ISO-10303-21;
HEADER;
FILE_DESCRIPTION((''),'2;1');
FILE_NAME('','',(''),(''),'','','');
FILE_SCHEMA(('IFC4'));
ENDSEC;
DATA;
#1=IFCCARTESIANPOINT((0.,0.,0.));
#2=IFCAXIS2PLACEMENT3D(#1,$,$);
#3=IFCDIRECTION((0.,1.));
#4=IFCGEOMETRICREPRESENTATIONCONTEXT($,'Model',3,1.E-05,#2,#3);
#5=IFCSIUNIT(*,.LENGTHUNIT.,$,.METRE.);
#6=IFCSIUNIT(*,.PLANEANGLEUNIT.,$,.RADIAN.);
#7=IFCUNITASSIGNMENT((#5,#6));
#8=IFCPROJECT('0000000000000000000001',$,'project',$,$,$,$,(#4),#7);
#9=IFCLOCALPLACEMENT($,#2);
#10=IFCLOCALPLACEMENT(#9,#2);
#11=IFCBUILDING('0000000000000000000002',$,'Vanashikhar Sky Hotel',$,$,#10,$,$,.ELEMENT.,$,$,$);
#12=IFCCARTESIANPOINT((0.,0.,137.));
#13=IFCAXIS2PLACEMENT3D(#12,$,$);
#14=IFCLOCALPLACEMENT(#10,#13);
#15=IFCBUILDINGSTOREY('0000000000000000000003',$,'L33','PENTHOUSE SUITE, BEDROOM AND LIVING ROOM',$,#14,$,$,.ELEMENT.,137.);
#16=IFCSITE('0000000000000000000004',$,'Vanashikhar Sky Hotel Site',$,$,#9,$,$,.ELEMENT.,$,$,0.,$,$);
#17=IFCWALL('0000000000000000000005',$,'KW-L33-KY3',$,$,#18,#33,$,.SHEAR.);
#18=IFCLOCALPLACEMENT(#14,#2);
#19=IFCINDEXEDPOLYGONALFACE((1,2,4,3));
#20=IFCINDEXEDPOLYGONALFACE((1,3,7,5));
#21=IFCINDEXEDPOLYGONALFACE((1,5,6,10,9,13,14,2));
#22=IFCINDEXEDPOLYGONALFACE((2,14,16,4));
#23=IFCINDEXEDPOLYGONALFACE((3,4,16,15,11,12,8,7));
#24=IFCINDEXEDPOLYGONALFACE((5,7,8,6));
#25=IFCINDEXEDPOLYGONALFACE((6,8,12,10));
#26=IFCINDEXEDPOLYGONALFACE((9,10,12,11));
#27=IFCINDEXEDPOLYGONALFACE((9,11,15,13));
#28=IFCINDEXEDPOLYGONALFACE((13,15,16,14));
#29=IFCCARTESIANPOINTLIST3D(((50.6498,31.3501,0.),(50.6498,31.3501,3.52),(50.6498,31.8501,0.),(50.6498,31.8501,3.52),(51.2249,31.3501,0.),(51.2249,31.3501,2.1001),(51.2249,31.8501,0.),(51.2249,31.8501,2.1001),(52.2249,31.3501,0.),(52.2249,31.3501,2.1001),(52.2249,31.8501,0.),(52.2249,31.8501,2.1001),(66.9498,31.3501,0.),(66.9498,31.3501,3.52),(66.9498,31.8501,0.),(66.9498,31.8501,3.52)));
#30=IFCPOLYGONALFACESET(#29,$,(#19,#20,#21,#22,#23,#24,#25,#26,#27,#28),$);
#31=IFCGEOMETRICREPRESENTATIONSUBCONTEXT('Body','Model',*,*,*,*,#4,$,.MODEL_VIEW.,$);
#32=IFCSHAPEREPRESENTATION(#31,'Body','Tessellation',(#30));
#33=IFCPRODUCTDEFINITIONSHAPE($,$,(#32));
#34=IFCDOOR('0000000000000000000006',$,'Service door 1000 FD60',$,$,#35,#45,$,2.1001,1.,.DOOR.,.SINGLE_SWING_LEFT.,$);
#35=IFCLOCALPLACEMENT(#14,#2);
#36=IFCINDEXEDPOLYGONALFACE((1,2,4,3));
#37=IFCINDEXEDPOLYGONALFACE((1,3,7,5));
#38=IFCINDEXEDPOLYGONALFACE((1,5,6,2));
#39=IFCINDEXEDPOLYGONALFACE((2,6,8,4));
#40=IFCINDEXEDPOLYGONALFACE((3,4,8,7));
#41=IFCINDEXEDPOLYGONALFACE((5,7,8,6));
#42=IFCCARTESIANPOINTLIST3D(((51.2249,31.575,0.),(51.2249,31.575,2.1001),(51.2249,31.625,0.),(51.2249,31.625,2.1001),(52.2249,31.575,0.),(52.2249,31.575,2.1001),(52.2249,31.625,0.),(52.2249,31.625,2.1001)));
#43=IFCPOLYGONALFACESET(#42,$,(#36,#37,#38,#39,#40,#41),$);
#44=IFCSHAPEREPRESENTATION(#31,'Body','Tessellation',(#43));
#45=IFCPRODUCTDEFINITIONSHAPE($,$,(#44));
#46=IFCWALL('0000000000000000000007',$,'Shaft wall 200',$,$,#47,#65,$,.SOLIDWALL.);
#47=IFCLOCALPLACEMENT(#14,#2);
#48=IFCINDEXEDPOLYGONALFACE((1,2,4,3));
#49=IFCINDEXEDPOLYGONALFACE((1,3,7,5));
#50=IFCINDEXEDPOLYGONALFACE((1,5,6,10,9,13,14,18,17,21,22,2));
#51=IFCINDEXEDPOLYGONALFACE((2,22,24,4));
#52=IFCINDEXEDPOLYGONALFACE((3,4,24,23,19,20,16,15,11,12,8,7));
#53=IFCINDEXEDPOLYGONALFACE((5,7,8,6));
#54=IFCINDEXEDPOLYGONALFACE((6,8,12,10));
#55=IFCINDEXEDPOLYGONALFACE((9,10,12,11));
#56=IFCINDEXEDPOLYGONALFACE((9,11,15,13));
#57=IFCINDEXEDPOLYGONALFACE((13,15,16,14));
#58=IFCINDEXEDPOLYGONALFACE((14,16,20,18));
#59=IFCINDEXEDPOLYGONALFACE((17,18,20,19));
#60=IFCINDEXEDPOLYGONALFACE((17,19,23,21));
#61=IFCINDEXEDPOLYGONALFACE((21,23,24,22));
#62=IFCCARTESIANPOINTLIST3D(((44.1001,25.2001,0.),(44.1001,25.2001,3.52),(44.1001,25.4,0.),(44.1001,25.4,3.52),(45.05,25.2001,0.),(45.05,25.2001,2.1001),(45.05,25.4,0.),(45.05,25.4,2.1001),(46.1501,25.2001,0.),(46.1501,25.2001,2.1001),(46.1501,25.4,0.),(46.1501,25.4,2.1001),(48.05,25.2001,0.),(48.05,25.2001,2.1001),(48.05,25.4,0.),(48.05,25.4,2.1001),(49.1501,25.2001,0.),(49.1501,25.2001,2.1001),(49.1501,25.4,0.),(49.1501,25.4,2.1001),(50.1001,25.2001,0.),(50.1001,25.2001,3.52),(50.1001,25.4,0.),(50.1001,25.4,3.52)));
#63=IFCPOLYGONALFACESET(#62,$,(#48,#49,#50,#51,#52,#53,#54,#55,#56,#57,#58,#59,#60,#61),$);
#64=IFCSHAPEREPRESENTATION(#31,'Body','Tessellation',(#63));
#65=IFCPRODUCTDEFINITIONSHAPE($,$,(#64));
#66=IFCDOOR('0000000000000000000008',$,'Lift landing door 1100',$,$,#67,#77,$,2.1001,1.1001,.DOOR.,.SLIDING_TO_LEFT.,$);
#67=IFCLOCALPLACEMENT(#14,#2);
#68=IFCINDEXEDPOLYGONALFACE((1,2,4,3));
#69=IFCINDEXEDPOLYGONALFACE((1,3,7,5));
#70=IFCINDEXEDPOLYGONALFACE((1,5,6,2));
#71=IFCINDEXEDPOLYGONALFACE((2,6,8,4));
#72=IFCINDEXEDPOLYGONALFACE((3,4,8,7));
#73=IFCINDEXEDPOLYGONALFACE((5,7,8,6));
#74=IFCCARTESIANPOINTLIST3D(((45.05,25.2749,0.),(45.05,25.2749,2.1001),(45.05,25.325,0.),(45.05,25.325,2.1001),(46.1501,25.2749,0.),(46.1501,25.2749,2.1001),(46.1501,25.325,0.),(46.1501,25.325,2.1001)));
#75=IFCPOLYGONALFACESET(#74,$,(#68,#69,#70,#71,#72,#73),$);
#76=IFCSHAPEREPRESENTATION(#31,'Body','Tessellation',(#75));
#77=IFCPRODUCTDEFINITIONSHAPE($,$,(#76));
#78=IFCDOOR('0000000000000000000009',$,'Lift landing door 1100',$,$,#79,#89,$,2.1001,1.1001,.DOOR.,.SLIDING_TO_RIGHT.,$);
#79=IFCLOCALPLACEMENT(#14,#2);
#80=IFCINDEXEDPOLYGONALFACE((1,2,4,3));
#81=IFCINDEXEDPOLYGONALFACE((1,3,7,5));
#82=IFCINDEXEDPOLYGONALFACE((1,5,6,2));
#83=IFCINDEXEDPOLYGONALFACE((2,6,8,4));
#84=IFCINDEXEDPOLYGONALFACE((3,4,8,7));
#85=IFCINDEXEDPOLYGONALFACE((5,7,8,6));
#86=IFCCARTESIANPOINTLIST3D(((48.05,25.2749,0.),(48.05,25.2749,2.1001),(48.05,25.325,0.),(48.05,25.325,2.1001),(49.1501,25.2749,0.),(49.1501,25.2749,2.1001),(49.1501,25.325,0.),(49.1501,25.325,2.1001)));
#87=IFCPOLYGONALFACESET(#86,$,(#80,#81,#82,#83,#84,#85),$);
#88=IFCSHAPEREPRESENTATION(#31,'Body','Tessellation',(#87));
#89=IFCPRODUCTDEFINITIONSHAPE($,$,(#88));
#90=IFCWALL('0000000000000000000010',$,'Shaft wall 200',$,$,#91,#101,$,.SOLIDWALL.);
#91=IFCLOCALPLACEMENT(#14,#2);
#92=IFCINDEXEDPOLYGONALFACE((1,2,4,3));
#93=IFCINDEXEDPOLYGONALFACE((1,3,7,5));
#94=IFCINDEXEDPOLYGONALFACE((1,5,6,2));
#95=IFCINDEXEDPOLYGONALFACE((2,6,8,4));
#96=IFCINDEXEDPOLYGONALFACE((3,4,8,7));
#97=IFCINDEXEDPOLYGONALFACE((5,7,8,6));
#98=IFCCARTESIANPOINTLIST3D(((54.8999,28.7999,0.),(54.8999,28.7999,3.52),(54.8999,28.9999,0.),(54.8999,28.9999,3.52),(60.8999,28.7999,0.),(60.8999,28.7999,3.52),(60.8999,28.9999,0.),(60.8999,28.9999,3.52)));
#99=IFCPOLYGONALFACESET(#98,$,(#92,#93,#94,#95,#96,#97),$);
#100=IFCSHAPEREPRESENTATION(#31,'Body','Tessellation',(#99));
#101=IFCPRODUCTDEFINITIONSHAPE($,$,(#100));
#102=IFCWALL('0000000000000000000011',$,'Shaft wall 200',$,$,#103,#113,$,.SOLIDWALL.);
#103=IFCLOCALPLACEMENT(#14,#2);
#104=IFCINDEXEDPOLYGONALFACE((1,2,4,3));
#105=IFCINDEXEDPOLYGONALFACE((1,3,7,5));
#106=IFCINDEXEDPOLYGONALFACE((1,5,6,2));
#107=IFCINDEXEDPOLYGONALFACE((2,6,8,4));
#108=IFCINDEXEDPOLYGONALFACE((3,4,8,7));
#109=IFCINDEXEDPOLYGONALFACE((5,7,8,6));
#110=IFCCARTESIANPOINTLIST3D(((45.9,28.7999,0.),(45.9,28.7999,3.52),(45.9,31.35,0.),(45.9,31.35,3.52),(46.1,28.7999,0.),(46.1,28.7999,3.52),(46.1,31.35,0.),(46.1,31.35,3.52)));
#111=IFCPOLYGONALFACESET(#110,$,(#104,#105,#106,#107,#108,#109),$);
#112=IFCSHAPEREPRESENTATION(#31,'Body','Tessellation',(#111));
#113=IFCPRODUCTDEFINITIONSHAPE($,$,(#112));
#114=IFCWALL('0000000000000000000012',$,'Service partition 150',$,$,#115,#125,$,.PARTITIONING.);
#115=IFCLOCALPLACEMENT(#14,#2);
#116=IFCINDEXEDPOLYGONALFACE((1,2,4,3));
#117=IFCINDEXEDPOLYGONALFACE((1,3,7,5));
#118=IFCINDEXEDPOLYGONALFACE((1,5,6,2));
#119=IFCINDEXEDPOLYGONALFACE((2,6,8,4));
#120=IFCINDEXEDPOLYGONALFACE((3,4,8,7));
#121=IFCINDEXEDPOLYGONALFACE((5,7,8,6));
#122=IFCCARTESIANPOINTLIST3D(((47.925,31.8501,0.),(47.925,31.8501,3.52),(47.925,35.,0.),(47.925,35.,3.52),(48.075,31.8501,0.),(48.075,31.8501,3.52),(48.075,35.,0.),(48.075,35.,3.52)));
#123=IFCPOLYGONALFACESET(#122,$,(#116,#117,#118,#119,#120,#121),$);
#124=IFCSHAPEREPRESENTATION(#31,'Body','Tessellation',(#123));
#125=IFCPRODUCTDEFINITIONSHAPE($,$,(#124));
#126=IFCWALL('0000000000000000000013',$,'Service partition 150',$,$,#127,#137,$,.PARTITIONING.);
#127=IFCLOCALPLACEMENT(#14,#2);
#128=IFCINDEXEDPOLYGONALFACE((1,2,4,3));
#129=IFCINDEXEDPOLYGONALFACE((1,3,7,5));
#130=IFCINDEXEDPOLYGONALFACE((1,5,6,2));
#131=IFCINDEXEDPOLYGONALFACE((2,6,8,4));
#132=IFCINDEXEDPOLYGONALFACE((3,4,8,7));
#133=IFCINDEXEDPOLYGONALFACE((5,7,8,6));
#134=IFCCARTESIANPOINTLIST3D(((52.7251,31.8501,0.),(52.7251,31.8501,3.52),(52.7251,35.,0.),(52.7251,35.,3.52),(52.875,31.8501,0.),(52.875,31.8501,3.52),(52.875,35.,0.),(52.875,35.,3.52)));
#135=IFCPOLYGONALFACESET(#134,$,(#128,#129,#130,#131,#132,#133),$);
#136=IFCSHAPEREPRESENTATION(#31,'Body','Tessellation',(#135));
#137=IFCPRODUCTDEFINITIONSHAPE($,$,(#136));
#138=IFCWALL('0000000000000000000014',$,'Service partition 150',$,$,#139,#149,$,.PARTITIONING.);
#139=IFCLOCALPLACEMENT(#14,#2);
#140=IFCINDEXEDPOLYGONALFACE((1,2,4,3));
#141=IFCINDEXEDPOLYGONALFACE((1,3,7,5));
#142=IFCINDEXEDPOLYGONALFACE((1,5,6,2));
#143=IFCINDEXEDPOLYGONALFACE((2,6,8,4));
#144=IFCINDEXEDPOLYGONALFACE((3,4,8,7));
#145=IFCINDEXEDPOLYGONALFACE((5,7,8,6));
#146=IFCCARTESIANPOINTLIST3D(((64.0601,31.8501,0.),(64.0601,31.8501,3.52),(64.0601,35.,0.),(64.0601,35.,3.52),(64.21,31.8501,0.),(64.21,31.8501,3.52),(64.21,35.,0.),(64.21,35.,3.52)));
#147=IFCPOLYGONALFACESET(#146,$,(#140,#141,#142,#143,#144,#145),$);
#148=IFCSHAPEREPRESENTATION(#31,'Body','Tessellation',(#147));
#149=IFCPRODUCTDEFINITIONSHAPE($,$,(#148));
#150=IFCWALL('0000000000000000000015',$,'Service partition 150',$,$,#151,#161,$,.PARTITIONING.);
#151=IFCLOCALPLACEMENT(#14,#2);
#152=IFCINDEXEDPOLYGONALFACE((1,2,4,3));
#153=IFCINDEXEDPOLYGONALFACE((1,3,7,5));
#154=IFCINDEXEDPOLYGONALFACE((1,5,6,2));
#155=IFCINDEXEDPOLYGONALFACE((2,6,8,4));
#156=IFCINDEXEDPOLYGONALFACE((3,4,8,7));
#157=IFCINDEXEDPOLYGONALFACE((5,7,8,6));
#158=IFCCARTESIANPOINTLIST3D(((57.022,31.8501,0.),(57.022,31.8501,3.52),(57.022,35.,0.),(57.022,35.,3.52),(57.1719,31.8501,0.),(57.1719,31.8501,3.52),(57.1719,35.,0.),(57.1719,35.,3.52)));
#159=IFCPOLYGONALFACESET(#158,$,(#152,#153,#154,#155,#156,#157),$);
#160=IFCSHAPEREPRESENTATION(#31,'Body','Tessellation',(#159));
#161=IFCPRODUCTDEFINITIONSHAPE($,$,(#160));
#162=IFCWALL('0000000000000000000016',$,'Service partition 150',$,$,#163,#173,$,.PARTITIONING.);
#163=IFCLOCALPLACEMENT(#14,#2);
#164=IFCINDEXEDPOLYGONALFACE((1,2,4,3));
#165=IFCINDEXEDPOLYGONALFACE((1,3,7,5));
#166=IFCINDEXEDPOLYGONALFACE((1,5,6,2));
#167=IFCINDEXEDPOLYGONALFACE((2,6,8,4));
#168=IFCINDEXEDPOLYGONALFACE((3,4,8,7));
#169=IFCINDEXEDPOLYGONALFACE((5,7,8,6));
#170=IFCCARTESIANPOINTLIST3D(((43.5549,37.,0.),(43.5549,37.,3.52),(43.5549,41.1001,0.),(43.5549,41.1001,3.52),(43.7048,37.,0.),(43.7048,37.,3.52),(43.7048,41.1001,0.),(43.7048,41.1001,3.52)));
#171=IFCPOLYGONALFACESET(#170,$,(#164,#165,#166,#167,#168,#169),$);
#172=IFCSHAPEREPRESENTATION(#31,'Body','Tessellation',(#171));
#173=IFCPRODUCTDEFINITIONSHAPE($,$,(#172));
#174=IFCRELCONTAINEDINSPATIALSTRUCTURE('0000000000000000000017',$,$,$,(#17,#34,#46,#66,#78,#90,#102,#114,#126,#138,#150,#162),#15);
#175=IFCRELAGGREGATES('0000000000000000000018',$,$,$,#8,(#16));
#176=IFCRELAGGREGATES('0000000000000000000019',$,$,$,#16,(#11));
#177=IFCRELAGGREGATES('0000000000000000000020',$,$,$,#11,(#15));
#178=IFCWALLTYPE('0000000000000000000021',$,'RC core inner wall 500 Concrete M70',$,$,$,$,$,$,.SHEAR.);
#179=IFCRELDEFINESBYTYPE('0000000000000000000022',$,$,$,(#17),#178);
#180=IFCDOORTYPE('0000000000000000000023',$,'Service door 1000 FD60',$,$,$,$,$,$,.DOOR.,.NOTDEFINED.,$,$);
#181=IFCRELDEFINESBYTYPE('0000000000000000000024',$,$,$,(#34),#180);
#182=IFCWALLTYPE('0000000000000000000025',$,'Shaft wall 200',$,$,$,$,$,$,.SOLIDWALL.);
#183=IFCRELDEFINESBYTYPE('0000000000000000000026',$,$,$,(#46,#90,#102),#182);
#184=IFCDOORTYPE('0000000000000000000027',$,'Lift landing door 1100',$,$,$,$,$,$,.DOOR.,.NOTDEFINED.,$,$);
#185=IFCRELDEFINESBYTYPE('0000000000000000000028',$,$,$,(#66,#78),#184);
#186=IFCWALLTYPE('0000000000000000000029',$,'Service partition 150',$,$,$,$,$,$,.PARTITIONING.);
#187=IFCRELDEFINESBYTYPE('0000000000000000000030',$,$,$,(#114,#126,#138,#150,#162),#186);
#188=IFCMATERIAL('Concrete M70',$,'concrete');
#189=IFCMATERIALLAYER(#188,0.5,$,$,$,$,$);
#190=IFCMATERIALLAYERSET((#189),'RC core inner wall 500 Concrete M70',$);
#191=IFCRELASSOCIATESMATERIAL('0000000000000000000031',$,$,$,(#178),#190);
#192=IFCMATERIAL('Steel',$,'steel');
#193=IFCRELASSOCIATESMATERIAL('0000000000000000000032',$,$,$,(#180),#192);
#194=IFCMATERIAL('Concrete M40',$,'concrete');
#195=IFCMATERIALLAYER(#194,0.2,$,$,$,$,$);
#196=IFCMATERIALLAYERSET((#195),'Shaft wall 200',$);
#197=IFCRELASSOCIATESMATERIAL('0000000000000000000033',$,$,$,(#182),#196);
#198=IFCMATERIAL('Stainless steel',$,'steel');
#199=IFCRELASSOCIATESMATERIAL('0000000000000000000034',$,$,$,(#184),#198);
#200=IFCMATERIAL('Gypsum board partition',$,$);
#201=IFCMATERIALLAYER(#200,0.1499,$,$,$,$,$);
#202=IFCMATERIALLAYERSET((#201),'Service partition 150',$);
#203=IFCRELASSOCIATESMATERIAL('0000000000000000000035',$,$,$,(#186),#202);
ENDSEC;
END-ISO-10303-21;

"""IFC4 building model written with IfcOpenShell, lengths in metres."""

from ifc_helpers import new_model, si_unit, direction, frame, frame_2d, origin, place, context, subcontext, project, spatial, rectangle, extrude, source, transform, mapped, material, layer, layer_set, type_object, element, fill, save


model = new_model("IFC4")

# Units and contexts
model_context = context("Model", 3, precision=1e-05, world=origin(), true_north=direction((0.0, 1.0)))
body_context = subcontext(model_context, "Body", "Model", "MODEL_VIEW")
ifc_project = project(units=[si_unit("LENGTHUNIT", "METRE"), si_unit("PLANEANGLEUNIT", "RADIAN")], contexts=[model_context])

# Site, building, storey
site_placement = place(None, origin())
site = spatial("IfcSite", under=ifc_project, at=site_placement, Name="Vanashikhar Sky Hotel Site", CompositionType="ELEMENT", RefElevation=0.0)
building_placement = place(site_placement, origin())
building = spatial("IfcBuilding", under=site, at=building_placement, Name="Vanashikhar Sky Hotel", CompositionType="ELEMENT")
storey_placement = place(building_placement, frame((0.0, 0.0, 137.0)))
storey = spatial("IfcBuildingStorey", under=building, at=storey_placement, Name="L33", Description="PENTHOUSE SUITE, BEDROOM AND LIVING ROOM", CompositionType="ELEMENT", Elevation=137.0)

# Wall, opening, door
ifc_material_1 = material(Name="Concrete M70", Category="concrete")
ifc_layer_1 = layer(ifc_material_1, 0.5)
ifc_layer_set_1 = layer_set([ifc_layer_1], Name="RC core inner wall 500 Concrete M70")
wall_type_1 = type_object("IfcWallType", Name="RC core inner wall 500 Concrete M70", PredefinedType="SHEAR", material=ifc_layer_set_1)
shared_shape_1 = source(origin(), body_context, "Body", "SweptSolid", [
    extrude(rectangle(XDim=16.3, YDim=0.5, at=frame_2d((8.1499, 0.0))), origin(), (0.0, 0.0, 1.0), 3.52),
])
wall_1_placement = place(storey_placement, frame((50.6499, 31.6001, 0.0), z_axis=(0.0, 0.0, 1.0), x_axis=(1.0, 0.0, 0.0)))
wall_1 = element("IfcWall", 1, at=wall_1_placement, inside=storey, type_object=wall_type_1, Name="KW-L33-KY3", PredefinedType="SHEAR", context=body_context, shape_type="MappedRepresentation", body=[
    mapped(shared_shape_1, transform((0.0, 0.0, 0.0), scale=1.0)),
])
shared_shape_2 = source(origin(), body_context, "Body", "SweptSolid", [
    extrude(rectangle(XDim=1.0, YDim=2.1001, at=frame_2d((0.5, 1.05))), frame((0.0, 0.26, 0.0), z_axis=(0.0, -1.0, 0.0), x_axis=(1.0, 0.0, 0.0)), (0.0, 0.0, 1.0), 0.52),
])
opening_1_placement = place(wall_1_placement, frame((0.575, 0.0, 0.0)))
opening_1 = element("IfcOpeningElement", 2, at=opening_1_placement, cuts=wall_1, PredefinedType="OPENING", context=body_context, shape_type="MappedRepresentation", body=[
    mapped(shared_shape_2, transform((0.0, 0.0, 0.0), scale=1.0)),
])
ifc_material_2 = material(Name="Steel", Category="steel")
door_type_1 = type_object("IfcDoorType", Name="Service door 1000 FD60", OperationType="NOTDEFINED", PredefinedType="DOOR", material=ifc_material_2)
shared_shape_3 = source(origin(), body_context, "Body", "SweptSolid", [
    extrude(rectangle(XDim=1.0, YDim=2.1001, at=frame_2d((0.5, 1.05))), frame((0.0, 0.0249, 0.0), z_axis=(0.0, -1.0, 0.0), x_axis=(1.0, 0.0, 0.0)), (0.0, 0.0, 1.0), 0.05),
])
door_1_placement = place(opening_1_placement, origin())
door_1 = element("IfcDoor", 3, at=door_1_placement, inside=storey, type_object=door_type_1, Name="Service door 1000 FD60", OperationType="SINGLE_SWING_LEFT", OverallHeight=2.1001, OverallWidth=1.0, PredefinedType="DOOR", context=body_context, shape_type="MappedRepresentation", body=[
    mapped(shared_shape_3, transform((0.0, 0.0, 0.0), scale=1.0)),
])
fill(opening_1, door_1)

# Wall, openings, doors
ifc_material_3 = material(Name="Concrete M40", Category="concrete")
ifc_layer_2 = layer(ifc_material_3, 0.2)
ifc_layer_set_2 = layer_set([ifc_layer_2], Name="Shaft wall 200")
wall_type_2 = type_object("IfcWallType", Name="Shaft wall 200", PredefinedType="SOLIDWALL", material=ifc_layer_set_2)
shared_shape_4 = source(origin(), body_context, "Body", "SweptSolid", [
    extrude(rectangle(XDim=6.0, YDim=0.2, at=frame_2d((3.0, 0.0))), origin(), (0.0, 0.0, 1.0), 3.52),
])
wall_2_placement = place(storey_placement, frame((44.1001, 25.3, 0.0), z_axis=(0.0, 0.0, 1.0), x_axis=(1.0, 0.0, 0.0)))
wall_2 = element("IfcWall", 4, at=wall_2_placement, inside=storey, type_object=wall_type_2, Name="Shaft wall 200", PredefinedType="SOLIDWALL", context=body_context, shape_type="MappedRepresentation", body=[
    mapped(shared_shape_4, transform((0.0, 0.0, 0.0), scale=1.0)),
])
shared_shape_5 = source(origin(), body_context, "Body", "SweptSolid", [
    extrude(rectangle(XDim=1.1001, YDim=2.1001, at=frame_2d((0.55, 1.05))), frame((0.0, 0.1099, 0.0), z_axis=(0.0, -1.0, 0.0), x_axis=(1.0, 0.0, 0.0)), (0.0, 0.0, 1.0), 0.22),
])
opening_2_placement = place(wall_2_placement, frame((0.95, 0.0, 0.0)))
opening_2 = element("IfcOpeningElement", 5, at=opening_2_placement, cuts=wall_2, PredefinedType="OPENING", context=body_context, shape_type="MappedRepresentation", body=[
    mapped(shared_shape_5, transform((0.0, 0.0, 0.0), scale=1.0)),
])
opening_3_placement = place(wall_2_placement, frame((3.95, 0.0, 0.0)))
opening_3 = element("IfcOpeningElement", 6, at=opening_3_placement, cuts=wall_2, PredefinedType="OPENING", context=body_context, shape_type="MappedRepresentation", body=[
    mapped(shared_shape_5, transform((0.0, 0.0, 0.0), scale=1.0)),
])
ifc_material_4 = material(Name="Stainless steel", Category="steel")
door_type_2 = type_object("IfcDoorType", Name="Lift landing door 1100", OperationType="NOTDEFINED", PredefinedType="DOOR", material=ifc_material_4)
shared_shape_6 = source(origin(), body_context, "Body", "SweptSolid", [
    extrude(rectangle(XDim=1.1001, YDim=2.1001, at=frame_2d((0.55, 1.05))), frame((0.0, 0.0249, 0.0), z_axis=(0.0, -1.0, 0.0), x_axis=(1.0, 0.0, 0.0)), (0.0, 0.0, 1.0), 0.05),
])
door_2_placement = place(opening_2_placement, origin())
door_2 = element("IfcDoor", 7, at=door_2_placement, inside=storey, type_object=door_type_2, Name="Lift landing door 1100", OperationType="SLIDING_TO_LEFT", OverallHeight=2.1001, OverallWidth=1.1001, PredefinedType="DOOR", context=body_context, shape_type="MappedRepresentation", body=[
    mapped(shared_shape_6, transform((0.0, 0.0, 0.0), scale=1.0)),
])
fill(opening_2, door_2)
door_3_placement = place(opening_3_placement, origin())
door_3 = element("IfcDoor", 8, at=door_3_placement, inside=storey, type_object=door_type_2, Name="Lift landing door 1100", OperationType="SLIDING_TO_RIGHT", OverallHeight=2.1001, OverallWidth=1.1001, PredefinedType="DOOR", context=body_context, shape_type="MappedRepresentation", body=[
    mapped(shared_shape_6, transform((0.0, 0.0, 0.0), scale=1.0)),
])
fill(opening_3, door_3)

# Walls
wall_3_placement = place(storey_placement, frame((60.8999, 28.8999, 0.0), z_axis=(0.0, 0.0, 1.0), x_axis=(-1.0, 0.0, 0.0)))
element("IfcWall", 9, at=wall_3_placement, inside=storey, type_object=wall_type_2, Name="Shaft wall 200", PredefinedType="SOLIDWALL", context=body_context, shape_type="MappedRepresentation", body=[
    mapped(shared_shape_4, transform((0.0, 0.0, 0.0), scale=1.0)),
])
shared_shape_7 = source(origin(), body_context, "Body", "SweptSolid", [
    extrude(rectangle(XDim=2.55, YDim=0.2, at=frame_2d((1.2749, 0.0))), origin(), (0.0, 0.0, 1.0), 3.52),
])
wall_4_placement = place(storey_placement, frame((46.0, 28.8, 0.0), z_axis=(0.0, 0.0, 1.0), x_axis=(0.0, 1.0, 0.0)))
element("IfcWall", 10, at=wall_4_placement, inside=storey, type_object=wall_type_2, Name="Shaft wall 200", PredefinedType="SOLIDWALL", context=body_context, shape_type="MappedRepresentation", body=[
    mapped(shared_shape_7, transform((0.0, 0.0, 0.0), scale=1.0)),
])
ifc_material_5 = material(Name="Gypsum board partition")
ifc_layer_3 = layer(ifc_material_5, 0.1499)
ifc_layer_set_3 = layer_set([ifc_layer_3], Name="Service partition 150")
wall_type_3 = type_object("IfcWallType", Name="Service partition 150", PredefinedType="PARTITIONING", material=ifc_layer_set_3)
shared_shape_8 = source(origin(), body_context, "Body", "SweptSolid", [
    extrude(rectangle(XDim=3.1499, YDim=0.1499, at=frame_2d((1.575, 0.0))), origin(), (0.0, 0.0, 1.0), 3.52),
])
for number, where, z_axis, x_axis, name in (
    (11, (48.0, 31.8501, 0.0), (0.0, 0.0, 1.0), (0.0, 1.0, 0.0), "Service partition 150"),
    (12, (52.8, 31.8501, 0.0), (0.0, 0.0, 1.0), (0.0, 1.0, 0.0), "Service partition 150"),
    (13, (64.135, 31.8501, 0.0), (0.0, 0.0, 1.0), (0.0, 1.0, 0.0), "Service partition 150"),
    (14, (57.0969, 31.8501, 0.0), (0.0, 0.0, 1.0), (0.0, 1.0, 0.0), "Service partition 150"),
):
    element("IfcWall", number, at=place(storey_placement, frame(where, z_axis=z_axis, x_axis=x_axis)), inside=storey, type_object=wall_type_3, Name=name, PredefinedType="PARTITIONING", context=body_context, shape_type="MappedRepresentation", body=[
        mapped(shared_shape_8, transform((0.0, 0.0, 0.0), scale=1.0)),
    ])
shared_shape_9 = source(origin(), body_context, "Body", "SweptSolid", [
    extrude(rectangle(XDim=4.1001, YDim=0.1499, at=frame_2d((2.05, 0.0))), origin(), (0.0, 0.0, 1.0), 3.52),
])
for number, where, z_axis, x_axis, name in (
    (15, (43.6299, 37.0, 0.0), (0.0, 0.0, 1.0), (0.0, 1.0, 0.0), "Service partition 150"),
):
    element("IfcWall", number, at=place(storey_placement, frame(where, z_axis=z_axis, x_axis=x_axis)), inside=storey, type_object=wall_type_3, Name=name, PredefinedType="PARTITIONING", context=body_context, shape_type="MappedRepresentation", body=[
        mapped(shared_shape_9, transform((0.0, 0.0, 0.0), scale=1.0)),
    ])

save(model, "model.ifc")
